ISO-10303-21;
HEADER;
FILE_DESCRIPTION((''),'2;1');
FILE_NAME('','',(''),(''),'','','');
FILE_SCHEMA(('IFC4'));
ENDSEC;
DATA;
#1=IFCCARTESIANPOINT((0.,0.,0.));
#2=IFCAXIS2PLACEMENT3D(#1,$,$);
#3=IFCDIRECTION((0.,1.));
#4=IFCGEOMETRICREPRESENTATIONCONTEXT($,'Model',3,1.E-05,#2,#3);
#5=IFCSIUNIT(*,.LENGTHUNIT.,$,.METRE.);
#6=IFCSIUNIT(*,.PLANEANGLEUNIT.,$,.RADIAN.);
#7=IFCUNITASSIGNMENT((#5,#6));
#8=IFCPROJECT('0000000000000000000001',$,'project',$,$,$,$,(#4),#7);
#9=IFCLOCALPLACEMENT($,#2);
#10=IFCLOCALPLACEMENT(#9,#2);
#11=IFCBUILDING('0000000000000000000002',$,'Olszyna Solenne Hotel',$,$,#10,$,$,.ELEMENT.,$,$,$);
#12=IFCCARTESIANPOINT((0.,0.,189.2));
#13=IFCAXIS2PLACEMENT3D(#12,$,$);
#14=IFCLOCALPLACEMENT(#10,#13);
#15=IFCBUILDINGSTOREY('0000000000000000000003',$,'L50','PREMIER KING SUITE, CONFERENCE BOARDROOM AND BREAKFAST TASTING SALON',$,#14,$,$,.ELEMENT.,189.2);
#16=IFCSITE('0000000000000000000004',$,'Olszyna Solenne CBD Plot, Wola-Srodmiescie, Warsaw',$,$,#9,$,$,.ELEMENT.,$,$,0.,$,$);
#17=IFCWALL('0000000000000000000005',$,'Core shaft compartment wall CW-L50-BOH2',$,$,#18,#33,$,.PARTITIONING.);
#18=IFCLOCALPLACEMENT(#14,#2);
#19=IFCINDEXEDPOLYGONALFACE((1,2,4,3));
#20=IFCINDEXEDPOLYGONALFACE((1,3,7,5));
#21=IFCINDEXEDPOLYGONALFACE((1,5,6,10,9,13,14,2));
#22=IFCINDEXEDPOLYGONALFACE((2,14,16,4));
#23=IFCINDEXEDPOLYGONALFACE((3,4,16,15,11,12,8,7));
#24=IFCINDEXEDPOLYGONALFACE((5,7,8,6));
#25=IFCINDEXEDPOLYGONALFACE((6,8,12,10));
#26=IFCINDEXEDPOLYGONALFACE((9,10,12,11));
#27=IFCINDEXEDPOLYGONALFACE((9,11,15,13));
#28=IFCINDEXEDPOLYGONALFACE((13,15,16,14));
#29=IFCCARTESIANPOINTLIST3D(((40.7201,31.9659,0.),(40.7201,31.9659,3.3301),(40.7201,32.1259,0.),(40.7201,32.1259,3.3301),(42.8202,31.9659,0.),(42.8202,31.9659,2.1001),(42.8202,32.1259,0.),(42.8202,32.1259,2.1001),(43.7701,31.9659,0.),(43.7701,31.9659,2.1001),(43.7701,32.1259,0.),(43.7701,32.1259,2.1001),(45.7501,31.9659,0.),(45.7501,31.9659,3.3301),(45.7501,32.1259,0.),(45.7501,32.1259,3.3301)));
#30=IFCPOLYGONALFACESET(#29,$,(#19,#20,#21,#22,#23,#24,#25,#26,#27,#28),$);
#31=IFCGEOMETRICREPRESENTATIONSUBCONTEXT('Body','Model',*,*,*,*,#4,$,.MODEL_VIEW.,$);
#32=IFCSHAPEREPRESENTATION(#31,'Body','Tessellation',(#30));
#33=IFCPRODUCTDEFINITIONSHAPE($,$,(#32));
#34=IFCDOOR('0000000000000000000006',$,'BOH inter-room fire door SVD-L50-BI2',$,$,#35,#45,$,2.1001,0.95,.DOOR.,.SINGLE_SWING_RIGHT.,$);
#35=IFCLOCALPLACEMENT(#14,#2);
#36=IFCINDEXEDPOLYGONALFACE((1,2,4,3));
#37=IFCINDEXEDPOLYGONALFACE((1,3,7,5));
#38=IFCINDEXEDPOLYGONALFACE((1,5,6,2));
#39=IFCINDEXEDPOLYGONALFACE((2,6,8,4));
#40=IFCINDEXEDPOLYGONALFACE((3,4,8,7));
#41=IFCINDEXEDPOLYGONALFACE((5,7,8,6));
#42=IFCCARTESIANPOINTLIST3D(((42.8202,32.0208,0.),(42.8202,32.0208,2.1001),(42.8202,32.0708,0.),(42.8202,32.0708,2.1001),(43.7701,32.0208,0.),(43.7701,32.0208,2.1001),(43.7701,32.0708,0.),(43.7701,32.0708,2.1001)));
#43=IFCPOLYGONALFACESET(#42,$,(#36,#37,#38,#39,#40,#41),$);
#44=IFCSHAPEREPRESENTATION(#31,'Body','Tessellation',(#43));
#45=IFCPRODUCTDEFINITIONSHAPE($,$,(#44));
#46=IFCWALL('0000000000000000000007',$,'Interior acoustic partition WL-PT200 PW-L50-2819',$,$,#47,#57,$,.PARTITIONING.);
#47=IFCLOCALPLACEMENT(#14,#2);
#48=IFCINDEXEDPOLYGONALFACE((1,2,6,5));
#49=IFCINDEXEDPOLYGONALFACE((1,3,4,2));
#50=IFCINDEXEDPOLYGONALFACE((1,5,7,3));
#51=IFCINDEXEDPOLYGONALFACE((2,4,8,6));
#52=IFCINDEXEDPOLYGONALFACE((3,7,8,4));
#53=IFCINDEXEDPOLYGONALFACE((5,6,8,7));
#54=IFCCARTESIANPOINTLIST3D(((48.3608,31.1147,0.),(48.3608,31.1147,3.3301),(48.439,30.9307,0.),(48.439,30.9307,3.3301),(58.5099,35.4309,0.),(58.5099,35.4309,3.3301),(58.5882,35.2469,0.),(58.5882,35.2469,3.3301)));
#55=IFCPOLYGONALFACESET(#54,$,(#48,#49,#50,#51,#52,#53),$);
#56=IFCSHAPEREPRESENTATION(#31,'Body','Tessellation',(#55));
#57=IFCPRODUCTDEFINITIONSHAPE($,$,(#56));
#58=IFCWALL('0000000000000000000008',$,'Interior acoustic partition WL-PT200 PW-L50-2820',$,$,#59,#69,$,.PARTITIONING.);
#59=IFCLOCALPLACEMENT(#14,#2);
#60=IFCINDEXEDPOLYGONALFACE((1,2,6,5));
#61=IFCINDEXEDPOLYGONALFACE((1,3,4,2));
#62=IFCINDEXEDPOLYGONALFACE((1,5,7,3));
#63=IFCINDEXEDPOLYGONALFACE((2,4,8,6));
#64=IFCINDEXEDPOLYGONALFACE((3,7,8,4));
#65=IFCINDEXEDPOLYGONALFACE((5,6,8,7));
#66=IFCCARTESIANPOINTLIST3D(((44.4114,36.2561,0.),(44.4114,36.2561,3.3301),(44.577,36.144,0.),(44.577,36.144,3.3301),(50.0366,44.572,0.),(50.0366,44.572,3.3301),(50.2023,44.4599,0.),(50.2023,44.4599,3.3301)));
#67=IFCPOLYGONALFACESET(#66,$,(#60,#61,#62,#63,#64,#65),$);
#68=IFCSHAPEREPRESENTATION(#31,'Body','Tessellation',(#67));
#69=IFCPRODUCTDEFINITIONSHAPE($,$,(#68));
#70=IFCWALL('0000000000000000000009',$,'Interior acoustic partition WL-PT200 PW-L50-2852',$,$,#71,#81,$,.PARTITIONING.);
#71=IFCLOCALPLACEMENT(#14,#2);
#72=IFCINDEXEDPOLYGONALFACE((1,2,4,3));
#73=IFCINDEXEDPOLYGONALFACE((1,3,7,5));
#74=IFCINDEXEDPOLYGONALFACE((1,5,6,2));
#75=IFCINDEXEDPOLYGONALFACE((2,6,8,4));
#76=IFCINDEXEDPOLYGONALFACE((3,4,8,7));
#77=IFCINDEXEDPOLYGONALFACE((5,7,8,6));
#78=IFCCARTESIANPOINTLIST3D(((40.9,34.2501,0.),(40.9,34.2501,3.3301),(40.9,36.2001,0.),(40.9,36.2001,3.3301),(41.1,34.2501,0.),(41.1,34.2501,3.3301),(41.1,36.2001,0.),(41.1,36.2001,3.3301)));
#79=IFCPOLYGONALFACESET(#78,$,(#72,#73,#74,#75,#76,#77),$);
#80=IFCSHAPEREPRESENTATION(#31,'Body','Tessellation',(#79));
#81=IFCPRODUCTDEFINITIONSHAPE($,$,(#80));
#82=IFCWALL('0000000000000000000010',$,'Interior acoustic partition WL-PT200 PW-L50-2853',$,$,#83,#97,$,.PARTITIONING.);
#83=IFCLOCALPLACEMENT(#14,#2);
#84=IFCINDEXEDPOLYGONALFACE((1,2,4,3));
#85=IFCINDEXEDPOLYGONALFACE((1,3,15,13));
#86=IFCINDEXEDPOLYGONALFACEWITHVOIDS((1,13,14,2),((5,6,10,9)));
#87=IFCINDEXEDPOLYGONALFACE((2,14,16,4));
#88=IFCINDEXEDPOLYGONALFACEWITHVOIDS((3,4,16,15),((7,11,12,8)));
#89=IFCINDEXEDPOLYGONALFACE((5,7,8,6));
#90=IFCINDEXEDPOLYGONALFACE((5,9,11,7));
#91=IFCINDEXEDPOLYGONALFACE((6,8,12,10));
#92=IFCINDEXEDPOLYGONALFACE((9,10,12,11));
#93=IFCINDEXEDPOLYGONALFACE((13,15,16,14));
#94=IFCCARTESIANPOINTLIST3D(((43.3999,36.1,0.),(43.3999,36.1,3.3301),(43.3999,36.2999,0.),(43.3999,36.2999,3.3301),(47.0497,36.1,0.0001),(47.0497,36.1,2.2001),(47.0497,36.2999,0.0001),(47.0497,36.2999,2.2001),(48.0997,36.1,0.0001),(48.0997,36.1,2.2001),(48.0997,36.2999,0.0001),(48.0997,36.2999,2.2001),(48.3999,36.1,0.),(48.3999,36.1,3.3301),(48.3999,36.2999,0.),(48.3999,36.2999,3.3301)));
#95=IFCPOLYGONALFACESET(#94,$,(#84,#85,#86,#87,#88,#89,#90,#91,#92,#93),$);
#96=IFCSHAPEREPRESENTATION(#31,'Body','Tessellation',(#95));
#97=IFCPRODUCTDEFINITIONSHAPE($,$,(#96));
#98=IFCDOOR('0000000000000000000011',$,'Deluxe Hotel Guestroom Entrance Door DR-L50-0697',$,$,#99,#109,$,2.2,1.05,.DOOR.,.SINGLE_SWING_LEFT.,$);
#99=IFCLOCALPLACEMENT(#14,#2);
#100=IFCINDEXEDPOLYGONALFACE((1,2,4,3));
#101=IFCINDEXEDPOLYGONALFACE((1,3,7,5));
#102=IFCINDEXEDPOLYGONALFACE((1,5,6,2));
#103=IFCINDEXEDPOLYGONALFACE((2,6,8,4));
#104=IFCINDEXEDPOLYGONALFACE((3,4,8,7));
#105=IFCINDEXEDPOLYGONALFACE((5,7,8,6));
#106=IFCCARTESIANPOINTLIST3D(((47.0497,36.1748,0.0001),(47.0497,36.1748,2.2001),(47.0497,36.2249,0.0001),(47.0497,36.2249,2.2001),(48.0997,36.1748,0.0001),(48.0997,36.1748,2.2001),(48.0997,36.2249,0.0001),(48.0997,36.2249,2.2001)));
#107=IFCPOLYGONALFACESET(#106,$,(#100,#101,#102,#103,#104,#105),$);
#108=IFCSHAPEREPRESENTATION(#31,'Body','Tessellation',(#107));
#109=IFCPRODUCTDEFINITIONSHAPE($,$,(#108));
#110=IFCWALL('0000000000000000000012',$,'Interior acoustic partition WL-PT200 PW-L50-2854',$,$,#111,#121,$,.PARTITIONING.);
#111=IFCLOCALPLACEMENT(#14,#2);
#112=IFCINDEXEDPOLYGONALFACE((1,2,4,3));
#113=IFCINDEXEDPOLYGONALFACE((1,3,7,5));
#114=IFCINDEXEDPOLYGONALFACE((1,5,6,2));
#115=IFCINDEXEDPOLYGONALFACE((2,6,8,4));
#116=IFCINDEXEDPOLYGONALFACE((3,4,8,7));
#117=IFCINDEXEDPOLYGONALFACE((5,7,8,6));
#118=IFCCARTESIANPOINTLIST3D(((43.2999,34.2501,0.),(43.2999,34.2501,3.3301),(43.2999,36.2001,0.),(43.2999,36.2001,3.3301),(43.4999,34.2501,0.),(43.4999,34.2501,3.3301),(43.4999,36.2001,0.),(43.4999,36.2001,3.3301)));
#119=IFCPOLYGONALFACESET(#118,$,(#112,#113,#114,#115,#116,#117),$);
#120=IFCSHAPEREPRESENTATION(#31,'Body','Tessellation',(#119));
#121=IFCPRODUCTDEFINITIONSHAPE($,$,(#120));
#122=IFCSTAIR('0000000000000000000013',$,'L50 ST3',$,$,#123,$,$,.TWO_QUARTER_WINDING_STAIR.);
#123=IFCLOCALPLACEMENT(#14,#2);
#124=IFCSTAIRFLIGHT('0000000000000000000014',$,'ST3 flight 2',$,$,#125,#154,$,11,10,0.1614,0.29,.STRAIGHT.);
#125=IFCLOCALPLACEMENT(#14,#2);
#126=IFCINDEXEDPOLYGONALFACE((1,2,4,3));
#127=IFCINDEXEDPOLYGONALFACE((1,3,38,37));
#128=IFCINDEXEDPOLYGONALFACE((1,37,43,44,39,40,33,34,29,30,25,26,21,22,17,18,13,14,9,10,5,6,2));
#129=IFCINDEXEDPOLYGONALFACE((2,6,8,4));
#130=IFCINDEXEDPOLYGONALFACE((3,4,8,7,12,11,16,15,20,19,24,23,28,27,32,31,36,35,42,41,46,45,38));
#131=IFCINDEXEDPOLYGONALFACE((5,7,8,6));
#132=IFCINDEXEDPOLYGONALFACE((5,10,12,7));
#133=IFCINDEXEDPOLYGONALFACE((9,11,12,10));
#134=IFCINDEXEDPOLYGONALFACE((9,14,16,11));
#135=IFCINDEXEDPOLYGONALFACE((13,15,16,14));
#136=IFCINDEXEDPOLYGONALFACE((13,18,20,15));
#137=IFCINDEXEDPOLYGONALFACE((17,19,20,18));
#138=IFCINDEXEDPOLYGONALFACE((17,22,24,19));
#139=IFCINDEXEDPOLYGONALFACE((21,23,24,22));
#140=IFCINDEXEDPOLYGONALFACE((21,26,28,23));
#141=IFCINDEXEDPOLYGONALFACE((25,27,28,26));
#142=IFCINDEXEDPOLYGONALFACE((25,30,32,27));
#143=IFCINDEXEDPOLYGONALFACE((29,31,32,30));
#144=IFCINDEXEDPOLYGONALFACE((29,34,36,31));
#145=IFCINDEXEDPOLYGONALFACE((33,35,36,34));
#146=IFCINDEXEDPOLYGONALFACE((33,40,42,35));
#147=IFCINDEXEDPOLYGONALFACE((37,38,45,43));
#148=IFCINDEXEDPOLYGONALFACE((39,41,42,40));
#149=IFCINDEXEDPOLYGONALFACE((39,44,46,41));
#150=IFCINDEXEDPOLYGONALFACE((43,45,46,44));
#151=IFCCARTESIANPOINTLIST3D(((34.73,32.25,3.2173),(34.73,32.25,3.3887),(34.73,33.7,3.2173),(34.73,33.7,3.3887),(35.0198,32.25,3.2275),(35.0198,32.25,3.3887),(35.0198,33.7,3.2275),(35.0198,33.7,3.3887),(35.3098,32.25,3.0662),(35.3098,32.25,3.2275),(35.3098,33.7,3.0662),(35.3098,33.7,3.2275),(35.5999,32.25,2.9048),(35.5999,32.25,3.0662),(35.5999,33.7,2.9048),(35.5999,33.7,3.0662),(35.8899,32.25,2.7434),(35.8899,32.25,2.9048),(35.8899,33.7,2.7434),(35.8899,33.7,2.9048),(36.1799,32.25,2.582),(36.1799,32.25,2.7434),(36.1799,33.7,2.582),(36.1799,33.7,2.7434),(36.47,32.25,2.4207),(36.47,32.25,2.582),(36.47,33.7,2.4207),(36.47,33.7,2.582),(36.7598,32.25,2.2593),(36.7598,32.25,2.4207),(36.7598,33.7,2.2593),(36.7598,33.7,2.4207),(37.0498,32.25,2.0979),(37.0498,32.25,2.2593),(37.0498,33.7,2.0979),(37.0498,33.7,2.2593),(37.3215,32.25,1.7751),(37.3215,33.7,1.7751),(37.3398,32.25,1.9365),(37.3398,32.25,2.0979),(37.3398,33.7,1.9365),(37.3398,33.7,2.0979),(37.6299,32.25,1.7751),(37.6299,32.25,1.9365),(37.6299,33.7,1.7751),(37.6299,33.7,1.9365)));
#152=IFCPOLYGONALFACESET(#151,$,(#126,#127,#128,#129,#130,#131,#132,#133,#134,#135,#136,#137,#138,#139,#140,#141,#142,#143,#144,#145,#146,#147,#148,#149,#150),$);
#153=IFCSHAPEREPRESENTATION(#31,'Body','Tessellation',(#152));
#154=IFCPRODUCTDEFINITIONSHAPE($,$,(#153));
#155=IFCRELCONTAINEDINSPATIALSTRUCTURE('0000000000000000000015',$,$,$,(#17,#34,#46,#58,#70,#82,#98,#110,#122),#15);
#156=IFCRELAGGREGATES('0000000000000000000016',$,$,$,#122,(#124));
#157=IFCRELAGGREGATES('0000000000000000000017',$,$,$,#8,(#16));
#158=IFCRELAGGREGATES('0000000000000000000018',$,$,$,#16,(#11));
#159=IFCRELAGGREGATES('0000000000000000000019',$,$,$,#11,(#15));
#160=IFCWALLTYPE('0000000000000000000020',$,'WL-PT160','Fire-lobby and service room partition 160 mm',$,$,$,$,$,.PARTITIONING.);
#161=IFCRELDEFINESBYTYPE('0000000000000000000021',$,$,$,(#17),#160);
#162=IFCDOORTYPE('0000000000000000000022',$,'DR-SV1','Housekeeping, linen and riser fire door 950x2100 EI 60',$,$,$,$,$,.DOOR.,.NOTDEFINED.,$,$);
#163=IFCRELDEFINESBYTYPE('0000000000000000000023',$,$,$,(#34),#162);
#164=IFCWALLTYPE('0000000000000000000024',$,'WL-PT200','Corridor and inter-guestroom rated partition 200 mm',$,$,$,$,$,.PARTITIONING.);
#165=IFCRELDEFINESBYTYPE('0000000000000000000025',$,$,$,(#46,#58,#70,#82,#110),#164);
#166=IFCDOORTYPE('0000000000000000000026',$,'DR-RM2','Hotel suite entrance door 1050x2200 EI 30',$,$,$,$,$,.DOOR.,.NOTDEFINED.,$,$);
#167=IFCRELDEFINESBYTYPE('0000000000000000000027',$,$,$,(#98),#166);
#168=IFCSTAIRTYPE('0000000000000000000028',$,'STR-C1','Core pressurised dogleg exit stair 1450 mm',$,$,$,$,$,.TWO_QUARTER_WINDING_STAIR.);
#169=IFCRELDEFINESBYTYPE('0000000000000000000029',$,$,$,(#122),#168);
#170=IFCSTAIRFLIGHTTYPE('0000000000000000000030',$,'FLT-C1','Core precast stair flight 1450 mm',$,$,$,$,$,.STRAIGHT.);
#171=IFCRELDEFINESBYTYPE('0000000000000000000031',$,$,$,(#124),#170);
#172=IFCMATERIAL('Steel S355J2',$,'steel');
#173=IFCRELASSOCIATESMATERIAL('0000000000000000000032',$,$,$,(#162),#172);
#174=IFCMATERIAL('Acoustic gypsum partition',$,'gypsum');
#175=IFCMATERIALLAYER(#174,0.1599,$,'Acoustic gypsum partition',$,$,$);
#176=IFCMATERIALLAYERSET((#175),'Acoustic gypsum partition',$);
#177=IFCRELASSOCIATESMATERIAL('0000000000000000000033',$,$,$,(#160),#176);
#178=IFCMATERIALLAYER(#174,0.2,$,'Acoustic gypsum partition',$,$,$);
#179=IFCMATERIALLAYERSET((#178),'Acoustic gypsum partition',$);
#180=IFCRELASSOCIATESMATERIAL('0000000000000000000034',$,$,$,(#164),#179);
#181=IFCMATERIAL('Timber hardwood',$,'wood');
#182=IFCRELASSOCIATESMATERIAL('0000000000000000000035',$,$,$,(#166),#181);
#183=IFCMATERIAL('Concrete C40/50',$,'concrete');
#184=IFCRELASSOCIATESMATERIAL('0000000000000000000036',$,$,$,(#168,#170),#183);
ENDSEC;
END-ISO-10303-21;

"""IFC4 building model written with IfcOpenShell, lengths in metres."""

from ifc_helpers import new_model, si_unit, direction, frame, frame_2d, origin, place, context, subcontext, project, spatial, polyline, rectangle, outline, extrude, source, transform, mapped, material, layer, layer_set, type_object, type_shapes, element, fill, aggregate, save


model = new_model("IFC4")

# Units and contexts
model_context = context("Model", 3, precision=1e-05, world=origin(), true_north=direction((0.0, 1.0)))
body_context = subcontext(model_context, "Body", "Model", "MODEL_VIEW")
ifc_project = project(units=[si_unit("LENGTHUNIT", "METRE"), si_unit("PLANEANGLEUNIT", "RADIAN")], contexts=[model_context])

# Site, building, storey
site_placement = place(None, origin())
site = spatial("IfcSite", under=ifc_project, at=site_placement, Name="Olszyna Solenne CBD Plot, Wola-Srodmiescie, Warsaw", CompositionType="ELEMENT", RefElevation=0.0)
building_placement = place(site_placement, origin())
building = spatial("IfcBuilding", under=site, at=building_placement, Name="Olszyna Solenne Hotel", CompositionType="ELEMENT")
storey_placement = place(building_placement, frame((0.0, 0.0, 189.2)))
storey = spatial("IfcBuildingStorey", under=building, at=storey_placement, Name="L50", Description="PREMIER KING SUITE, CONFERENCE BOARDROOM AND BREAKFAST TASTING SALON", CompositionType="ELEMENT", Elevation=189.2)

# Shared definitions
ifc_material_1 = material(Name="Steel S355J2", Category="steel")

# Shared definitions
door_type_1 = type_object("IfcDoorType", Name="DR-SV1", Description="Housekeeping, linen and riser fire door 950x2100 EI 60", OperationType="NOTDEFINED", PredefinedType="DOOR", material=ifc_material_1)
shared_shape_1 = source(origin(), body_context, "Body", "SweptSolid", [
    extrude(rectangle(XDim=0.95, YDim=2.1001, at=frame_2d((0.4751, 1.05))), frame((0.0, 0.0249, 0.0), z_axis=(0.0, -1.0, 0.0), x_axis=(1.0, 0.0, 0.0)), (0.0, 0.0, 1.0), 0.05),
])
type_shapes(door_type_1, [shared_shape_1])
ifc_material_2 = material(Name="Timber hardwood", Category="wood")

# Shared definitions
ifc_material_3 = material(Name="Acoustic gypsum partition", Category="gypsum")

# Shared definitions
ifc_layer_1 = layer(ifc_material_3, 0.1599, Name="Acoustic gypsum partition")
ifc_layer_set_1 = layer_set([ifc_layer_1], Name="Acoustic gypsum partition")
wall_type_1 = type_object("IfcWallType", Name="WL-PT160", Description="Fire-lobby and service room partition 160 mm", PredefinedType="PARTITIONING", material=ifc_layer_set_1)

# Wall, opening, door
wall_1_placement = place(storey_placement, frame((40.72, 32.0459, 0.0), z_axis=(0.0, 0.0, 1.0), x_axis=(1.0, 0.0, 0.0)))
wall_1 = element("IfcWall", 1, at=wall_1_placement, inside=storey, type_object=wall_type_1, Name="Core shaft compartment wall CW-L50-BOH2", PredefinedType="PARTITIONING", context=body_context, shape_type="SweptSolid", body=[
    extrude(rectangle(XDim=5.03, YDim=0.1599, at=frame_2d((2.5151, 0.0))), origin(), (0.0, 0.0, 1.0), 3.3301),
])
opening_1_placement = place(wall_1_placement, frame((2.1001, 0.0, 0.0)))
opening_1 = element("IfcOpeningElement", 2, at=opening_1_placement, cuts=wall_1, PredefinedType="OPENING", context=body_context, shape_type="SweptSolid", body=[
    extrude(rectangle(XDim=0.95, YDim=2.1001, at=frame_2d((0.4751, 1.05))), frame((0.0, 0.0898, 0.0), z_axis=(0.0, -1.0, 0.0), x_axis=(1.0, 0.0, 0.0)), (0.0, 0.0, 1.0), 0.1799),
])
door_1_placement = place(opening_1_placement, origin())
door_1 = element("IfcDoor", 3, at=door_1_placement, inside=storey, type_object=door_type_1, Name="BOH inter-room fire door SVD-L50-BI2", OperationType="SINGLE_SWING_RIGHT", OverallHeight=2.1001, OverallWidth=0.95, PredefinedType="DOOR", context=body_context, shape_type="MappedRepresentation", body=[
    mapped(shared_shape_1, transform((0.0, 0.0, 0.0), x_axis=(1.0, 0.0, 0.0), y_axis=(0.0, 1.0, 0.0), z_axis=(0.0, 0.0, 1.0), scale=1.0)),
])
fill(opening_1, door_1)

# Walls
ifc_layer_2 = layer(ifc_material_3, 0.2, Name="Acoustic gypsum partition")
ifc_layer_set_2 = layer_set([ifc_layer_2], Name="Acoustic gypsum partition")
wall_type_2 = type_object("IfcWallType", Name="WL-PT200", Description="Corridor and inter-guestroom rated partition 200 mm", PredefinedType="PARTITIONING", material=ifc_layer_set_2)
wall_2_placement = place(storey_placement, frame((48.3999, 31.0227, 0.0), z_axis=(0.0, 0.0, 1.0), x_axis=(0.920241, 0.391353, 0.0)))
element("IfcWall", 4, at=wall_2_placement, inside=storey, type_object=wall_type_2, Name="Interior acoustic partition WL-PT200 PW-L50-2819", PredefinedType="PARTITIONING", context=body_context, shape_type="SweptSolid", body=[
    extrude(rectangle(XDim=11.0288, YDim=0.2, at=frame_2d((5.5144, 0.0))), origin(), (0.0, 0.0, 1.0), 3.3301),
])
wall_3_placement = place(storey_placement, frame((44.4941, 36.2, 0.0), z_axis=(0.0, 0.0, 1.0), x_axis=(0.560294, 0.828294, 0.0)))
element("IfcWall", 5, at=wall_3_placement, inside=storey, type_object=wall_type_2, Name="Interior acoustic partition WL-PT200 PW-L50-2820", PredefinedType="PARTITIONING", context=body_context, shape_type="SweptSolid", body=[
    extrude(rectangle(XDim=10.0398, YDim=0.2, at=frame_2d((5.02, 0.0))), origin(), (0.0, 0.0, 1.0), 3.3301),
])
wall_4_placement = place(storey_placement, frame((41.0, 34.25, 0.0), z_axis=(0.0, 0.0, 1.0), x_axis=(0.0, 1.0, 0.0)))
element("IfcWall", 6, at=wall_4_placement, inside=storey, type_object=wall_type_2, Name="Interior acoustic partition WL-PT200 PW-L50-2852", PredefinedType="PARTITIONING", context=body_context, shape_type="SweptSolid", body=[
    extrude(rectangle(XDim=1.95, YDim=0.2, at=frame_2d((0.9751, 0.0))), origin(), (0.0, 0.0, 1.0), 3.3301),
])

# Wall, opening, door
wall_5_placement = place(storey_placement, frame((43.3999, 36.2, 0.0), z_axis=(0.0, 0.0, 1.0), x_axis=(1.0, 0.0, 0.0)))
wall_5 = element("IfcWall", 7, at=wall_5_placement, inside=storey, type_object=wall_type_2, Name="Interior acoustic partition WL-PT200 PW-L50-2853", PredefinedType="PARTITIONING", context=body_context, shape_type="SweptSolid", body=[
    extrude(rectangle(XDim=5.0, YDim=0.2, at=frame_2d((2.5, 0.0))), origin(), (0.0, 0.0, 1.0), 3.3301),
])
opening_2_placement = place(wall_5_placement, frame((3.6499, 0.0, 0.0)))
opening_2 = element("IfcOpeningElement", 8, at=opening_2_placement, cuts=wall_5, PredefinedType="OPENING", context=body_context, shape_type="SweptSolid", body=[
    extrude(rectangle(XDim=1.05, YDim=2.2, at=frame_2d((0.5249, 1.1001))), frame((0.0, 0.1099, 0.0), z_axis=(0.0, -1.0, 0.0), x_axis=(1.0, 0.0, 0.0)), (0.0, 0.0, 1.0), 0.22),
])
door_type_2 = type_object("IfcDoorType", Name="DR-RM2", Description="Hotel suite entrance door 1050x2200 EI 30", OperationType="NOTDEFINED", PredefinedType="DOOR", material=ifc_material_2)
shared_shape_2 = source(origin(), body_context, "Body", "SweptSolid", [
    extrude(rectangle(XDim=1.05, YDim=2.2, at=frame_2d((0.5249, 1.1001))), frame((0.0, 0.0249, 0.0), z_axis=(0.0, -1.0, 0.0), x_axis=(1.0, 0.0, 0.0)), (0.0, 0.0, 1.0), 0.05),
])
type_shapes(door_type_2, [shared_shape_2])
door_2_placement = place(opening_2_placement, origin())
door_2 = element("IfcDoor", 9, at=door_2_placement, inside=storey, type_object=door_type_2, Name="Deluxe Hotel Guestroom Entrance Door DR-L50-0697", OperationType="SINGLE_SWING_LEFT", OverallHeight=2.2, OverallWidth=1.05, PredefinedType="DOOR", context=body_context, shape_type="MappedRepresentation", body=[
    mapped(shared_shape_2, transform((0.0, 0.0, 0.0), x_axis=(1.0, 0.0, 0.0), y_axis=(0.0, 1.0, 0.0), z_axis=(0.0, 0.0, 1.0), scale=1.0)),
])
fill(opening_2, door_2)

# Wall
wall_6_placement = place(storey_placement, frame((43.3999, 34.25, 0.0), z_axis=(0.0, 0.0, 1.0), x_axis=(0.0, 1.0, 0.0)))
element("IfcWall", 10, at=wall_6_placement, inside=storey, type_object=wall_type_2, Name="Interior acoustic partition WL-PT200 PW-L50-2854", PredefinedType="PARTITIONING", context=body_context, shape_type="SweptSolid", body=[
    extrude(rectangle(XDim=1.95, YDim=0.2, at=frame_2d((0.9751, 0.0))), origin(), (0.0, 0.0, 1.0), 3.3301),
])

# Stair, stair flight
ifc_material_4 = material(Name="Concrete C40/50", Category="concrete")
stair_type = type_object("IfcStairType", Name="STR-C1", Description="Core pressurised dogleg exit stair 1450 mm", PredefinedType="TWO_QUARTER_WINDING_STAIR", material=ifc_material_4)
stair_placement = place(storey_placement, origin())
stair = element("IfcStair", 11, at=stair_placement, inside=storey, type_object=stair_type, Name="L50 ST3", PredefinedType="TWO_QUARTER_WINDING_STAIR")
stair_flight_type = type_object("IfcStairFlightType", Name="FLT-C1", Description="Core precast stair flight 1450 mm", PredefinedType="STRAIGHT", material=ifc_material_4)
stair_flight_placement = place(storey_placement, frame((37.6299, 32.9751, 1.7751), z_axis=(0.0, 0.0, 1.0), x_axis=(-1.0, 0.0, 0.0)))
stair_flight = element("IfcStairFlight", 12, at=stair_flight_placement, type_object=stair_flight_type, Name="ST3 flight 2", NumberOfRisers=11, NumberOfTreads=10, PredefinedType="STRAIGHT", RiserHeight=0.1614, TreadLength=0.29, context=body_context, shape_type="SweptSolid", body=[
    extrude(outline(polyline([(0.0, 0.0), (0.0, 0.1614), (0.29, 0.1614), (0.29, 0.3228), (0.5801, 0.3228), (0.5801, 0.4841), (0.8701, 0.4841), (0.8701, 0.6455), (1.1599, 0.6455), (1.1599, 0.8069), (1.45, 0.8069), (1.45, 0.9683), (1.74, 0.9683), (1.74, 1.1296), (2.03, 1.1296), (2.03, 1.291), (2.3201, 1.291), (2.3201, 1.4524), (2.6101, 1.4524), (2.6101, 1.6135), (2.8999, 1.6135), (2.8999, 1.7749), (2.8999, 1.4421), (0.3083, 0.0), (0.0, 0.0)])), frame((0.0, 0.7251, 0.0), z_axis=(0.0, -1.0, 0.0), x_axis=(1.0, 0.0, 0.0)), (0.0, 0.0, 1.0), 1.45),
])
aggregate(stair, [stair_flight])

save(model, "model.ifc")
